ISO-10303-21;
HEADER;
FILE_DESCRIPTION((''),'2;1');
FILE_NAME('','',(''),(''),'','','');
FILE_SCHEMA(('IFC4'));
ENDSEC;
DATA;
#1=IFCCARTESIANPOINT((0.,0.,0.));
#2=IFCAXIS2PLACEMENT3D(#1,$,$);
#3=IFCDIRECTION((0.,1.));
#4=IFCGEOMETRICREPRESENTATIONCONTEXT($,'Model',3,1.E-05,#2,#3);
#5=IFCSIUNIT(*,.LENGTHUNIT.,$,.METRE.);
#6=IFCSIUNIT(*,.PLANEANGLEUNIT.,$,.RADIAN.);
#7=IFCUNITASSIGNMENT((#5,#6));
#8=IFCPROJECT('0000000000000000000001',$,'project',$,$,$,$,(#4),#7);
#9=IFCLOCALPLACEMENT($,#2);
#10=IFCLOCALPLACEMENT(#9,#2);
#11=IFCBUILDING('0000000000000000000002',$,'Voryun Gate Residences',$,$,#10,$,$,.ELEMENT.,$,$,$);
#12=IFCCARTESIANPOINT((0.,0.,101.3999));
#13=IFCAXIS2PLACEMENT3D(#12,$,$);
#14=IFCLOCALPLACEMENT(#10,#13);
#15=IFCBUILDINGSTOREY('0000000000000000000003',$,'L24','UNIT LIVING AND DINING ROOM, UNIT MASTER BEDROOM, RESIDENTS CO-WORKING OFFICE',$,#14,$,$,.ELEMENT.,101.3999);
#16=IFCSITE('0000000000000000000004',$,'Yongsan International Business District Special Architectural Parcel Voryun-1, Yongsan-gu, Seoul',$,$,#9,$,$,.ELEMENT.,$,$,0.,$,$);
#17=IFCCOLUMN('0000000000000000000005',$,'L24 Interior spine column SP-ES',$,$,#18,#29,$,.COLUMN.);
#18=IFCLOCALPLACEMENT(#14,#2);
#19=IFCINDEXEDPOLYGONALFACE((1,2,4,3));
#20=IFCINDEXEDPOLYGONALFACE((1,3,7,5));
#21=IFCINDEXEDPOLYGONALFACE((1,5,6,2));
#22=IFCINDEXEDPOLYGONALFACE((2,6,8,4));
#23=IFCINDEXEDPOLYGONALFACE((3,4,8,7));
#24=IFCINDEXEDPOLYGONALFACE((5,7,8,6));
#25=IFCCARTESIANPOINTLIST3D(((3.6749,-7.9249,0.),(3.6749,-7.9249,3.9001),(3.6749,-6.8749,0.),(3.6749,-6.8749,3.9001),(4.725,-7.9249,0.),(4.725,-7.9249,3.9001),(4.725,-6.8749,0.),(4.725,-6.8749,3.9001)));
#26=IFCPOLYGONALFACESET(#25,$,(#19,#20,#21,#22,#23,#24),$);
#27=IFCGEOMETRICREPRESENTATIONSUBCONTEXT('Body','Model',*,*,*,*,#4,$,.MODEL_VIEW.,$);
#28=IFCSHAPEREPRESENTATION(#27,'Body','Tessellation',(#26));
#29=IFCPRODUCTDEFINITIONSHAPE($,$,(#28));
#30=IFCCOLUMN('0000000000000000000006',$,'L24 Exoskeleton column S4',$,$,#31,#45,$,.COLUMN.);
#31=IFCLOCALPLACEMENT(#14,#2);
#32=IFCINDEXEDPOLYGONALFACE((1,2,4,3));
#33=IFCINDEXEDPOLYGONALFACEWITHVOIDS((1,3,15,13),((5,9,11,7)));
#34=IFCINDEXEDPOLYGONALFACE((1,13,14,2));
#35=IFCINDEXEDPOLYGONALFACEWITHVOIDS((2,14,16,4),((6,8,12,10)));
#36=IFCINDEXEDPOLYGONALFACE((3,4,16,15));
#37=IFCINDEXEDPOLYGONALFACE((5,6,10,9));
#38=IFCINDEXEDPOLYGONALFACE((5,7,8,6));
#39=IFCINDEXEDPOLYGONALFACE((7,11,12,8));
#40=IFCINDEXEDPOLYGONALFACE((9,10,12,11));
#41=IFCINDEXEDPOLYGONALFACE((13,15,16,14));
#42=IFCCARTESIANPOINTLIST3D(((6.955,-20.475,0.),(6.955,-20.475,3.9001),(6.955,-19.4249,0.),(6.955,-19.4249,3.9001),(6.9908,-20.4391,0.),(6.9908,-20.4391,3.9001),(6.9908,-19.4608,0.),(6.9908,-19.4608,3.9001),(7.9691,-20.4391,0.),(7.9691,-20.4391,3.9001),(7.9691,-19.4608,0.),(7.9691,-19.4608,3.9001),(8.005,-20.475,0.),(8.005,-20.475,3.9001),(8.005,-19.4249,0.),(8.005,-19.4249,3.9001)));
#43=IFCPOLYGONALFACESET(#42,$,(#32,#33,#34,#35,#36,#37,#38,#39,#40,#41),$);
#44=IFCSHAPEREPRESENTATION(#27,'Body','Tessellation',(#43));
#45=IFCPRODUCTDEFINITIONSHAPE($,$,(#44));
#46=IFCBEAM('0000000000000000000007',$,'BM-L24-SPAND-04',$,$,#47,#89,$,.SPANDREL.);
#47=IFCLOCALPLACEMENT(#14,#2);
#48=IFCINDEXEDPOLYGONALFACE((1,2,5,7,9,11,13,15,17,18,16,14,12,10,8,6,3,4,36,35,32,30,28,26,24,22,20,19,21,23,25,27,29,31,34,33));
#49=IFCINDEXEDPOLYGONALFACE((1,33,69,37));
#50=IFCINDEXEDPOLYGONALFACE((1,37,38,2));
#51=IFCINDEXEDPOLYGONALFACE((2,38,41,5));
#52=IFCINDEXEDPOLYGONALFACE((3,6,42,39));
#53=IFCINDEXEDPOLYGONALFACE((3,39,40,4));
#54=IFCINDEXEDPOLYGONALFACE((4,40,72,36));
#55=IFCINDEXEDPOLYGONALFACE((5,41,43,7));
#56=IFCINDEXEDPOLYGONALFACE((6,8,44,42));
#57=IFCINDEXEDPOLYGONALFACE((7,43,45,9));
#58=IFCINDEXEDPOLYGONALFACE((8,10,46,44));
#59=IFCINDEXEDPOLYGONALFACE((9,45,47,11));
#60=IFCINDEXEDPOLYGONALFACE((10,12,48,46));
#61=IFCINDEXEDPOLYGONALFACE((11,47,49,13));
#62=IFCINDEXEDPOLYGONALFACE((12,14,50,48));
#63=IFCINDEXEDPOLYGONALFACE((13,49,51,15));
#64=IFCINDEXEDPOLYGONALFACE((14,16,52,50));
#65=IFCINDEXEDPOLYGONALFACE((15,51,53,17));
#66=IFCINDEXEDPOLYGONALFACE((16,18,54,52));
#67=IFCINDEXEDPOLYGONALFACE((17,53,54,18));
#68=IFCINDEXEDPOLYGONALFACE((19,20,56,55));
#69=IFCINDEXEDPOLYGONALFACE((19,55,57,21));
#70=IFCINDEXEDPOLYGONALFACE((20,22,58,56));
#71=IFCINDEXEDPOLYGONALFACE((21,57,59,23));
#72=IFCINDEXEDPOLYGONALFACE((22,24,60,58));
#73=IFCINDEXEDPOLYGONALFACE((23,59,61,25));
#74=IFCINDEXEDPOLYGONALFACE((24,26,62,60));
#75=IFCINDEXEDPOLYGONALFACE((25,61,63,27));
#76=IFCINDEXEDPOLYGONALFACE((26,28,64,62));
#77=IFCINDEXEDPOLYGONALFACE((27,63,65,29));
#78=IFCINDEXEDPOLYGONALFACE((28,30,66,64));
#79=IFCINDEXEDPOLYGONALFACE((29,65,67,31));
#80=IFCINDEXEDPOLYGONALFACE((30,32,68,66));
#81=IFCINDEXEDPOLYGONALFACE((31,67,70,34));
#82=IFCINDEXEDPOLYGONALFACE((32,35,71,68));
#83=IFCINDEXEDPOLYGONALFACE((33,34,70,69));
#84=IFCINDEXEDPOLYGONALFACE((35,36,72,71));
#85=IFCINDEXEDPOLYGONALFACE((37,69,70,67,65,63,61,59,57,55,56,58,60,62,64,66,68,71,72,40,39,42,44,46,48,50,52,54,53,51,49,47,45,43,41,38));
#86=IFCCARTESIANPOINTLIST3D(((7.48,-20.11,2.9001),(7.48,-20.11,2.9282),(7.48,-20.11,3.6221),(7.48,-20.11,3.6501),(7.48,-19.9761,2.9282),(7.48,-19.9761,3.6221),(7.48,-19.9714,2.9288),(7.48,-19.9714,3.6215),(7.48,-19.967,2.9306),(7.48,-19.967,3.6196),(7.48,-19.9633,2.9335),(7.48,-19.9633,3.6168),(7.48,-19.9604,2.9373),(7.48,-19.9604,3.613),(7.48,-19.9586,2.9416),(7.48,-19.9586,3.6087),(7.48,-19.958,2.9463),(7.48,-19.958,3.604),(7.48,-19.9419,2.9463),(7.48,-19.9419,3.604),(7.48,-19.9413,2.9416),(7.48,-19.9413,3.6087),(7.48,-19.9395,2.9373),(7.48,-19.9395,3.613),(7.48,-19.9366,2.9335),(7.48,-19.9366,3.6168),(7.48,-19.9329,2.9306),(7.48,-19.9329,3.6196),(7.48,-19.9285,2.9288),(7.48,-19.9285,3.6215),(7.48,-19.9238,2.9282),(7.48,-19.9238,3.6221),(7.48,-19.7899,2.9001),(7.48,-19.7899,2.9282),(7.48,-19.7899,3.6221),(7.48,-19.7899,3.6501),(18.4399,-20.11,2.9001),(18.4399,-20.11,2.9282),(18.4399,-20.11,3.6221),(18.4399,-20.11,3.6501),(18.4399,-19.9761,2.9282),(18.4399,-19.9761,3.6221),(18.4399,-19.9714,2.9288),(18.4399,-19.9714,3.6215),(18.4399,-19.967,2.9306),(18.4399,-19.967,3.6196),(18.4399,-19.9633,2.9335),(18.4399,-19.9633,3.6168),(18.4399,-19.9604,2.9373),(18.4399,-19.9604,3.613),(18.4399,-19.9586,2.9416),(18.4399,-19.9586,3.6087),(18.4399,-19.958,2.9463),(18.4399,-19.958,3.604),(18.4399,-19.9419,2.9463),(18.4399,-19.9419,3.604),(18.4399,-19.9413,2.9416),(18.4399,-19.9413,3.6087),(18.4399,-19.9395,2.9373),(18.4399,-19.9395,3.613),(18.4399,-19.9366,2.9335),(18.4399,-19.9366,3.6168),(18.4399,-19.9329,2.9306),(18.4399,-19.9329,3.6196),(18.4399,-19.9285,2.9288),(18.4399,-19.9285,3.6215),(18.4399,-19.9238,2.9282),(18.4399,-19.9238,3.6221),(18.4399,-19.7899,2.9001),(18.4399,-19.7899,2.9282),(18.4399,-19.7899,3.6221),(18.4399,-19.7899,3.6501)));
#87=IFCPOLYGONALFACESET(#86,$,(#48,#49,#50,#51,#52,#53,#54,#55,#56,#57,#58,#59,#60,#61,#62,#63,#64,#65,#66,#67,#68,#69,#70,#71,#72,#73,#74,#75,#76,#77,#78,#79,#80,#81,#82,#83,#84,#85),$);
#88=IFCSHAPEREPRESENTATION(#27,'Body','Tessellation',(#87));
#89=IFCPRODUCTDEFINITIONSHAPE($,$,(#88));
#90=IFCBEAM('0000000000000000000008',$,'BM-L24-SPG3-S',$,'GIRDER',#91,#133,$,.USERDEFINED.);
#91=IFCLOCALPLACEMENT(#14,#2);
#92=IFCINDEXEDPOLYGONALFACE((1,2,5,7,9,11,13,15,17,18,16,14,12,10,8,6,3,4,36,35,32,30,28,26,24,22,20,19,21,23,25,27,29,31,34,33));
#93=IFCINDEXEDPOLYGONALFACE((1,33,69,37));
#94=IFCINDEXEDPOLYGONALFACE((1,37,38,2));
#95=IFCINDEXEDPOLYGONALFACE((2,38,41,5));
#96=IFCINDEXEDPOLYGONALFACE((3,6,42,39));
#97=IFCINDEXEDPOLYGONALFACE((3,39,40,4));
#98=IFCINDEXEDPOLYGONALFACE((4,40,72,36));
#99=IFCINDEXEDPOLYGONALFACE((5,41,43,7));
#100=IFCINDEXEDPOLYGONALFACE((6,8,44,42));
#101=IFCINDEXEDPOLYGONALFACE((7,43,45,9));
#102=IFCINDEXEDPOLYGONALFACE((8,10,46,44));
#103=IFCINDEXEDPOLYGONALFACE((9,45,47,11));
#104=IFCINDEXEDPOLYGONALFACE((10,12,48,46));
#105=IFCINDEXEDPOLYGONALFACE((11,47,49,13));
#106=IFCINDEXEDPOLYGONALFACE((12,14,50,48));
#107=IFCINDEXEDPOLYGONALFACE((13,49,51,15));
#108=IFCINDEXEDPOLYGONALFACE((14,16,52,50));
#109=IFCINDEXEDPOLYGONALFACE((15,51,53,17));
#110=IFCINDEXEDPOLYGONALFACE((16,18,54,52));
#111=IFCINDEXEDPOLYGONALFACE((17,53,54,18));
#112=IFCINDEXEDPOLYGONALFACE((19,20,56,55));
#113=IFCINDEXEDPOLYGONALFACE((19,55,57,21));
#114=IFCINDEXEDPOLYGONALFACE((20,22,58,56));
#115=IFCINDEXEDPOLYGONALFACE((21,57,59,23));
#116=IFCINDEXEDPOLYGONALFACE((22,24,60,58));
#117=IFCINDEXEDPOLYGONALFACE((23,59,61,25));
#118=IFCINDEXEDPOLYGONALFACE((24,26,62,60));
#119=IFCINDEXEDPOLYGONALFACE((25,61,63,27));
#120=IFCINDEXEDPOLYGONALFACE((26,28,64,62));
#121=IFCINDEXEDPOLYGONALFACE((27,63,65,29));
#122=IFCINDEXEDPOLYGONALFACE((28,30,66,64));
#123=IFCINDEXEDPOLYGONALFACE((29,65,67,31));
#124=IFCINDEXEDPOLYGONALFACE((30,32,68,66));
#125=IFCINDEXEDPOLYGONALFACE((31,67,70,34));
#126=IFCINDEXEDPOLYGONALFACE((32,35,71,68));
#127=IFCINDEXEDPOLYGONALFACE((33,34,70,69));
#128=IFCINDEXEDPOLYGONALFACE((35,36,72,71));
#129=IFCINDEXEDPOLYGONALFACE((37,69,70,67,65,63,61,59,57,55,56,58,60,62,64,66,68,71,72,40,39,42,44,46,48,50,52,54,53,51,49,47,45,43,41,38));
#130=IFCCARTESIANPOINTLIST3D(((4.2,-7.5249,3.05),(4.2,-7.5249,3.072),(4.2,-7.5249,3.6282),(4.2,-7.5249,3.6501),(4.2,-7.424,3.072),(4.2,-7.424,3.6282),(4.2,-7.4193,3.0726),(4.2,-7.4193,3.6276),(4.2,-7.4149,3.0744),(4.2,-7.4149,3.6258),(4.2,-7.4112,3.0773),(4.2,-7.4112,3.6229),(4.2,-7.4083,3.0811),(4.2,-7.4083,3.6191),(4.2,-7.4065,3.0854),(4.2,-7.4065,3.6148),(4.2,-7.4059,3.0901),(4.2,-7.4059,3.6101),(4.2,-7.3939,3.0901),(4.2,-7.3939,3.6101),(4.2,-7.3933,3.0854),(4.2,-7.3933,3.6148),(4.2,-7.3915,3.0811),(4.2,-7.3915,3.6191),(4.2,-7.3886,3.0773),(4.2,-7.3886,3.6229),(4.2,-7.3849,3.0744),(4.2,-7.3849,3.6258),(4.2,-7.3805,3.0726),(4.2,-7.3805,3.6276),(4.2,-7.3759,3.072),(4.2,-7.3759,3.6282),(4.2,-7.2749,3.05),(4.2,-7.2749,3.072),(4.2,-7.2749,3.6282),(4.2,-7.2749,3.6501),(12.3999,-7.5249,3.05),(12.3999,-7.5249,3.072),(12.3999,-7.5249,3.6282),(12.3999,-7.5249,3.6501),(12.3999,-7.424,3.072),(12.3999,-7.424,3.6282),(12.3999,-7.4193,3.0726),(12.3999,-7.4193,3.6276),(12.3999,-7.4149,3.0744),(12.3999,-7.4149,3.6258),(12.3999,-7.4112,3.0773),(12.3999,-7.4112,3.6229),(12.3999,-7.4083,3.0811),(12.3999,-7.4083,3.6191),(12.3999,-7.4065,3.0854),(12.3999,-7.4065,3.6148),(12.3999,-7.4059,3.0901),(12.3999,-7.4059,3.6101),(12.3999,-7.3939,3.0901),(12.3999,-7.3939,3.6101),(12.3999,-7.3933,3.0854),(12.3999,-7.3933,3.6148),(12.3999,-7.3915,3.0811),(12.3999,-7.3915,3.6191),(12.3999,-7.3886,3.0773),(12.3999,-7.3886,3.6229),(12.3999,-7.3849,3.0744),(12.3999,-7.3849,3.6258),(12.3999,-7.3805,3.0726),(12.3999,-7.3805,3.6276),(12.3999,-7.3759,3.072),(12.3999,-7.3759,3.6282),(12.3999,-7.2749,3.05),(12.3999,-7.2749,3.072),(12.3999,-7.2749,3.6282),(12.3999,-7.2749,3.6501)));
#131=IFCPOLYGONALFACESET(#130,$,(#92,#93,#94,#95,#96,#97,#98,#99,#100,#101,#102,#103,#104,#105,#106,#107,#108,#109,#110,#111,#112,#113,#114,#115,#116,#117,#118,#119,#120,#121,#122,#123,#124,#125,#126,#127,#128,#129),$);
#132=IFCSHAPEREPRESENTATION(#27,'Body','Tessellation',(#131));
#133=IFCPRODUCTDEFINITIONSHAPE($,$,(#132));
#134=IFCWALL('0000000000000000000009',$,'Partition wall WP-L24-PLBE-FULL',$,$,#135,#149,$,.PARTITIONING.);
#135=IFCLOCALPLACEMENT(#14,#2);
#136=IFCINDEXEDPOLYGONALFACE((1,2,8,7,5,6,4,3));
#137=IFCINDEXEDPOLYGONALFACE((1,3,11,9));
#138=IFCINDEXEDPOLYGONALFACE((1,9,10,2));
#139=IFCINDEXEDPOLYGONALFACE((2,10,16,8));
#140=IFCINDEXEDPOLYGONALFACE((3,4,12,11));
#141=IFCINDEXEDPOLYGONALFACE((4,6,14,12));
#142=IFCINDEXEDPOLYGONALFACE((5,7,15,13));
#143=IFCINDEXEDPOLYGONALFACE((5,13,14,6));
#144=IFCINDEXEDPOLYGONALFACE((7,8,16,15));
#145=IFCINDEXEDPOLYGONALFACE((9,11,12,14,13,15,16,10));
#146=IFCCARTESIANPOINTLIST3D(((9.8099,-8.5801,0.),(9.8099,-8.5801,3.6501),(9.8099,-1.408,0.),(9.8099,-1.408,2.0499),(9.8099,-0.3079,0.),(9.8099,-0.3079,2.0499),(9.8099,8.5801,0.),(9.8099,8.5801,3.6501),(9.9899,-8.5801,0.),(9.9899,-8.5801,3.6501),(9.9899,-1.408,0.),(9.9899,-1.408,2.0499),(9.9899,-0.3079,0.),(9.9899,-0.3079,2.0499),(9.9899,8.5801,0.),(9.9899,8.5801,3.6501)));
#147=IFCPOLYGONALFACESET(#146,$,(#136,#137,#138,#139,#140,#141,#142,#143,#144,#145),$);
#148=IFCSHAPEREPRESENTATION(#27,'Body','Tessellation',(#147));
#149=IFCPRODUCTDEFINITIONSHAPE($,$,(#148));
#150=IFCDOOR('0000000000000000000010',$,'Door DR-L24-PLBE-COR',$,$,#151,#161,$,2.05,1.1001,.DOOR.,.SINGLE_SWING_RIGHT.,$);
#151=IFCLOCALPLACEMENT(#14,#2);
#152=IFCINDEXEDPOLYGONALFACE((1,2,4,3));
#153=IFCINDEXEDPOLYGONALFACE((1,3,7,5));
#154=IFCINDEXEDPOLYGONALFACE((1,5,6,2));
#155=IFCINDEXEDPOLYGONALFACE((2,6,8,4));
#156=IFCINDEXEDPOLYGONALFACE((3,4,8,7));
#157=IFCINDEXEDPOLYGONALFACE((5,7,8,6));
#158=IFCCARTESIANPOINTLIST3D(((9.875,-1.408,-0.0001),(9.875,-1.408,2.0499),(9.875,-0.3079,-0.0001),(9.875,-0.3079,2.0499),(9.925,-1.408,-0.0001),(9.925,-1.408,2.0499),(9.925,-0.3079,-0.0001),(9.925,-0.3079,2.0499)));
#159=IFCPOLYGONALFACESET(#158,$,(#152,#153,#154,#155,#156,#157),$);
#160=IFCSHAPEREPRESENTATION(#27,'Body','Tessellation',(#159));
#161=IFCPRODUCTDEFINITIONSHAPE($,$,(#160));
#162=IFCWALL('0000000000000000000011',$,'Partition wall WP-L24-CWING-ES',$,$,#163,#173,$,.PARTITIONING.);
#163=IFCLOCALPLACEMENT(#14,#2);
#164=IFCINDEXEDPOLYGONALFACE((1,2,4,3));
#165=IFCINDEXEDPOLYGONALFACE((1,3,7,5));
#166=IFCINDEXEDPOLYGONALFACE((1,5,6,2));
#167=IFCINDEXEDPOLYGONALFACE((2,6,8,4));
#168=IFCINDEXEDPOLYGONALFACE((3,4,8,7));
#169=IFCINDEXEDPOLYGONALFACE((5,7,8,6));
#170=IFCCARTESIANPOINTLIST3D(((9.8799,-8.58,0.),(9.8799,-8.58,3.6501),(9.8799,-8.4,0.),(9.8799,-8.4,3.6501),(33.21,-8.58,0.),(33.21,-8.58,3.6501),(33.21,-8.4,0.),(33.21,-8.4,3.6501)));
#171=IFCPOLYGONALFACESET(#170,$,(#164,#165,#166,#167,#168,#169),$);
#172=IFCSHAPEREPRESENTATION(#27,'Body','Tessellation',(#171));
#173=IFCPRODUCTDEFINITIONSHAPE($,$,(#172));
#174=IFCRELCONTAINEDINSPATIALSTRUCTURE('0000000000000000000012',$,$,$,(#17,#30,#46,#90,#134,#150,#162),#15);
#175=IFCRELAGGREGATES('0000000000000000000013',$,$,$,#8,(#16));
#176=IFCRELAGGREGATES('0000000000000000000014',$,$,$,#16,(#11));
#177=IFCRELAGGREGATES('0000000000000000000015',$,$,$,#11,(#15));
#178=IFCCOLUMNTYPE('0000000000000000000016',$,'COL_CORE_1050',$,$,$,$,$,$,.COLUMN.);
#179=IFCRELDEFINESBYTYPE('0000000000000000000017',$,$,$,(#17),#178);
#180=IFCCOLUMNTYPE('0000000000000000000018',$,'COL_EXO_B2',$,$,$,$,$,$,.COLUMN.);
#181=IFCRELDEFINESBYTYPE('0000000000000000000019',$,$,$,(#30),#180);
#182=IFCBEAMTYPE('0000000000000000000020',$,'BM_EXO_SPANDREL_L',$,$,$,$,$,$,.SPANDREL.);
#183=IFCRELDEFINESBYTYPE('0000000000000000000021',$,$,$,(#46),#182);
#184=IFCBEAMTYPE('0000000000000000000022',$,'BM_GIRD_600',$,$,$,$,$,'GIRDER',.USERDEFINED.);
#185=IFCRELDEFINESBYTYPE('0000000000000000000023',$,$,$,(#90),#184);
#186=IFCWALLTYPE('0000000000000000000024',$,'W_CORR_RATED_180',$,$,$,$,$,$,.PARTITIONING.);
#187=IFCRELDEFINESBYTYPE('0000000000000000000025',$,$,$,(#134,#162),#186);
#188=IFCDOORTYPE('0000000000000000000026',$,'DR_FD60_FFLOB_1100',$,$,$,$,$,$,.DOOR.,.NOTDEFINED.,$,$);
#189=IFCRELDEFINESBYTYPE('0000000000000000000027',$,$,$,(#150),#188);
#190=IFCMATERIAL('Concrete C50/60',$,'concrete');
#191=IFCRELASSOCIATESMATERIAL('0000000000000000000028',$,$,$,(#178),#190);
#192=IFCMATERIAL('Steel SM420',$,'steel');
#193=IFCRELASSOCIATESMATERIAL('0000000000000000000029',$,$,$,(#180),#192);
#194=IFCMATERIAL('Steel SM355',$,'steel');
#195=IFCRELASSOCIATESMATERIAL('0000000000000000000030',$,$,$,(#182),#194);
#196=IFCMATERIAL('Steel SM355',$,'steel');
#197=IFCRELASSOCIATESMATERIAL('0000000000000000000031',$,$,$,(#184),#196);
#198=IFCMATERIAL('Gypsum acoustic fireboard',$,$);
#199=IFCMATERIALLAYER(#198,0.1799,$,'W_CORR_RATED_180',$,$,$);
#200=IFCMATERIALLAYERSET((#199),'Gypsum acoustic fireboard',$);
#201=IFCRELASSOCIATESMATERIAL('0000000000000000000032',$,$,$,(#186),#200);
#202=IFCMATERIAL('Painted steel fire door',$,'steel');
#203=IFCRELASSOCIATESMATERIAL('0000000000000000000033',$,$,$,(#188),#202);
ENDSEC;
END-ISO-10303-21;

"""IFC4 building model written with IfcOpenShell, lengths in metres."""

from ifc_helpers import new_model, si_unit, direction, frame, frame_2d, origin, origin_2d, place, context, subcontext, project, spatial, rectangle, hollow_rectangle, i_section, extrude, material, layer, layer_set, material_profile, profile_set, type_object, element, fill, save


model = new_model("IFC4")

# Units and contexts
model_context = context("Model", 3, precision=1e-05, world=origin(), true_north=direction((0.0, 1.0)))
body_context = subcontext(model_context, "Body", "Model", "MODEL_VIEW")
ifc_project = project(units=[si_unit("LENGTHUNIT", "METRE"), si_unit("PLANEANGLEUNIT", "RADIAN")], contexts=[model_context])

# Site, building, storey
site_placement = place(None, origin())
site = spatial("IfcSite", under=ifc_project, at=site_placement, Name="Yongsan International Business District Special Architectural Parcel Voryun-1, Yongsan-gu, Seoul", CompositionType="ELEMENT", RefElevation=0.0)
building_placement = place(site_placement, origin())
building = spatial("IfcBuilding", under=site, at=building_placement, Name="Voryun Gate Residences", CompositionType="ELEMENT")
storey_placement = place(building_placement, frame((0.0, 0.0, 101.3999)))
storey = spatial("IfcBuildingStorey", under=building, at=storey_placement, Name="L24", Description="UNIT LIVING AND DINING ROOM, UNIT MASTER BEDROOM, RESIDENTS CO-WORKING OFFICE", CompositionType="ELEMENT", Elevation=101.3999)

# Columns
ifc_material_1 = material(Name="Concrete C50/60", Category="concrete")
ifc_material_profile_1 = material_profile(ifc_material_1, rectangle(XDim=1.05, YDim=1.05, at=origin_2d()), Name="RC-1050x1050")
ifc_profile_set_1 = profile_set([ifc_material_profile_1], Name="Concrete C50/60")
column_type_1 = type_object("IfcColumnType", Name="COL_CORE_1050", PredefinedType="COLUMN", material=ifc_profile_set_1)
column_1_placement = place(storey_placement, frame((4.2, -7.3999, 0.0), z_axis=(0.0, 0.0, 1.0), x_axis=(1.0, 0.0, 0.0)))
element("IfcColumn", 1, at=column_1_placement, inside=storey, type_object=column_type_1, Name="L24 Interior spine column SP-ES", PredefinedType="COLUMN", context=body_context, shape_type="SweptSolid", body=[
    extrude(rectangle(XDim=1.05, YDim=1.05, at=origin_2d()), origin(), (0.0, 0.0, 1.0), 3.9001),
])
ifc_material_2 = material(Name="Steel SM420", Category="steel")
ifc_material_profile_2 = material_profile(ifc_material_2, hollow_rectangle(XDim=1.05, YDim=1.05, WallThickness=0.0359, at=origin_2d()), Name="BOX-1050x1050x36")
ifc_profile_set_2 = profile_set([ifc_material_profile_2], Name="Steel SM420")
column_type_2 = type_object("IfcColumnType", Name="COL_EXO_B2", PredefinedType="COLUMN", material=ifc_profile_set_2)
column_2_placement = place(storey_placement, frame((7.48, -19.95, 0.0), z_axis=(0.0, 0.0, 1.0), x_axis=(1.0, 0.0, 0.0)))
element("IfcColumn", 2, at=column_2_placement, inside=storey, type_object=column_type_2, Name="L24 Exoskeleton column S4", PredefinedType="COLUMN", context=body_context, shape_type="SweptSolid", body=[
    extrude(hollow_rectangle(XDim=1.05, YDim=1.05, WallThickness=0.0359, at=origin_2d()), origin(), (0.0, 0.0, 1.0), 3.9001),
])

# Beams
ifc_material_3 = material(Name="Steel SM355", Category="steel")
ifc_material_profile_3 = material_profile(ifc_material_3, i_section(OverallWidth=0.3201, OverallDepth=0.75, WebThickness=0.0161, FlangeThickness=0.0281, FilletRadius=0.0181, at=origin_2d()), Name="H-750x320x16x28")
ifc_profile_set_3 = profile_set([ifc_material_profile_3], Name="Steel SM355")
beam_type_1 = type_object("IfcBeamType", Name="BM_EXO_SPANDREL_L", PredefinedType="SPANDREL", material=ifc_profile_set_3)
beam_1_placement = place(storey_placement, frame((7.48, -19.95, 3.2751), z_axis=(1.0, 0.0, 0.0), x_axis=(0.0, 1.0, 0.0)))
element("IfcBeam", 3, at=beam_1_placement, inside=storey, type_object=beam_type_1, Name="BM-L24-SPAND-04", PredefinedType="SPANDREL", context=body_context, shape_type="SweptSolid", body=[
    extrude(i_section(OverallWidth=0.3201, OverallDepth=0.75, WebThickness=0.0161, FlangeThickness=0.0281, FilletRadius=0.0181, at=origin_2d()), origin(), (0.0, 0.0, 1.0), 10.96),
])
ifc_material_4 = material(Name="Steel SM355", Category="steel")
ifc_material_profile_4 = material_profile(ifc_material_4, i_section(OverallWidth=0.25, OverallDepth=0.6001, WebThickness=0.012, FlangeThickness=0.022, FilletRadius=0.0181, at=origin_2d()), Name="H-600x250x12x22")
ifc_profile_set_4 = profile_set([ifc_material_profile_4], Name="Steel SM355")
beam_type_2 = type_object("IfcBeamType", Name="BM_GIRD_600", ElementType="GIRDER", PredefinedType="USERDEFINED", material=ifc_profile_set_4)
beam_2_placement = place(storey_placement, frame((4.2, -7.3999, 3.3501), z_axis=(1.0, 0.0, 0.0), x_axis=(0.0, 1.0, 0.0)))
element("IfcBeam", 4, at=beam_2_placement, inside=storey, type_object=beam_type_2, Name="BM-L24-SPG3-S", ObjectType="GIRDER", PredefinedType="USERDEFINED", context=body_context, shape_type="SweptSolid", body=[
    extrude(i_section(OverallWidth=0.25, OverallDepth=0.6001, WebThickness=0.012, FlangeThickness=0.022, FilletRadius=0.0181, at=origin_2d()), origin(), (0.0, 0.0, 1.0), 8.2),
])

# Wall, opening, door
ifc_material_5 = material(Name="Gypsum acoustic fireboard")
ifc_layer_1 = layer(ifc_material_5, 0.1799, Name="W_CORR_RATED_180")
ifc_layer_set_1 = layer_set([ifc_layer_1], Name="Gypsum acoustic fireboard")
wall_type_1 = type_object("IfcWallType", Name="W_CORR_RATED_180", PredefinedType="PARTITIONING", material=ifc_layer_set_1)
wall_1_placement = place(storey_placement, frame((9.8999, -8.5801, 0.0), z_axis=(0.0, 0.0, 1.0), x_axis=(0.0, 1.0, 0.0)))
wall_1 = element("IfcWall", 5, at=wall_1_placement, inside=storey, type_object=wall_type_1, Name="Partition wall WP-L24-PLBE-FULL", PredefinedType="PARTITIONING", context=body_context, shape_type="SweptSolid", body=[
    extrude(rectangle(XDim=17.1602, YDim=0.1799, at=frame_2d((8.5801, 0.0))), origin(), (0.0, 0.0, 1.0), 3.6501),
])
opening_1_placement = place(wall_1_placement, frame((7.1721, 0.0, 0.0)))
opening_1 = element("IfcOpeningElement", 6, at=opening_1_placement, cuts=wall_1, PredefinedType="OPENING", context=body_context, shape_type="SweptSolid", body=[
    extrude(rectangle(XDim=1.1001, YDim=2.05, at=frame_2d((0.55, 1.0249))), frame((0.0, 0.0999, 0.0), z_axis=(0.0, -1.0, 0.0), x_axis=(1.0, 0.0, 0.0)), (0.0, 0.0, 1.0), 0.2),
])
ifc_material_6 = material(Name="Painted steel fire door", Category="steel")
door_type_1 = type_object("IfcDoorType", Name="DR_FD60_FFLOB_1100", OperationType="NOTDEFINED", PredefinedType="DOOR", material=ifc_material_6)
door_1_placement = place(opening_1_placement, origin())
door_1 = element("IfcDoor", 7, at=door_1_placement, inside=storey, type_object=door_type_1, Name="Door DR-L24-PLBE-COR", OperationType="SINGLE_SWING_RIGHT", OverallHeight=2.05, OverallWidth=1.1001, PredefinedType="DOOR", context=body_context, shape_type="SweptSolid", body=[
    extrude(rectangle(XDim=1.1001, YDim=2.05, at=frame_2d((0.55, 1.0249))), frame((0.0, 0.0249, 0.0), z_axis=(0.0, -1.0, 0.0), x_axis=(1.0, 0.0, 0.0)), (0.0, 0.0, 1.0), 0.05),
])
fill(opening_1, door_1)

# Wall
wall_2_placement = place(storey_placement, frame((9.8799, -8.49, 0.0), z_axis=(0.0, 0.0, 1.0), x_axis=(1.0, 0.0, 0.0)))
element("IfcWall", 8, at=wall_2_placement, inside=storey, type_object=wall_type_1, Name="Partition wall WP-L24-CWING-ES", PredefinedType="PARTITIONING", context=body_context, shape_type="SweptSolid", body=[
    extrude(rectangle(XDim=23.3301, YDim=0.1799, at=frame_2d((11.665, 0.0))), origin(), (0.0, 0.0, 1.0), 3.6501),
])

save(model, "model.ifc")
